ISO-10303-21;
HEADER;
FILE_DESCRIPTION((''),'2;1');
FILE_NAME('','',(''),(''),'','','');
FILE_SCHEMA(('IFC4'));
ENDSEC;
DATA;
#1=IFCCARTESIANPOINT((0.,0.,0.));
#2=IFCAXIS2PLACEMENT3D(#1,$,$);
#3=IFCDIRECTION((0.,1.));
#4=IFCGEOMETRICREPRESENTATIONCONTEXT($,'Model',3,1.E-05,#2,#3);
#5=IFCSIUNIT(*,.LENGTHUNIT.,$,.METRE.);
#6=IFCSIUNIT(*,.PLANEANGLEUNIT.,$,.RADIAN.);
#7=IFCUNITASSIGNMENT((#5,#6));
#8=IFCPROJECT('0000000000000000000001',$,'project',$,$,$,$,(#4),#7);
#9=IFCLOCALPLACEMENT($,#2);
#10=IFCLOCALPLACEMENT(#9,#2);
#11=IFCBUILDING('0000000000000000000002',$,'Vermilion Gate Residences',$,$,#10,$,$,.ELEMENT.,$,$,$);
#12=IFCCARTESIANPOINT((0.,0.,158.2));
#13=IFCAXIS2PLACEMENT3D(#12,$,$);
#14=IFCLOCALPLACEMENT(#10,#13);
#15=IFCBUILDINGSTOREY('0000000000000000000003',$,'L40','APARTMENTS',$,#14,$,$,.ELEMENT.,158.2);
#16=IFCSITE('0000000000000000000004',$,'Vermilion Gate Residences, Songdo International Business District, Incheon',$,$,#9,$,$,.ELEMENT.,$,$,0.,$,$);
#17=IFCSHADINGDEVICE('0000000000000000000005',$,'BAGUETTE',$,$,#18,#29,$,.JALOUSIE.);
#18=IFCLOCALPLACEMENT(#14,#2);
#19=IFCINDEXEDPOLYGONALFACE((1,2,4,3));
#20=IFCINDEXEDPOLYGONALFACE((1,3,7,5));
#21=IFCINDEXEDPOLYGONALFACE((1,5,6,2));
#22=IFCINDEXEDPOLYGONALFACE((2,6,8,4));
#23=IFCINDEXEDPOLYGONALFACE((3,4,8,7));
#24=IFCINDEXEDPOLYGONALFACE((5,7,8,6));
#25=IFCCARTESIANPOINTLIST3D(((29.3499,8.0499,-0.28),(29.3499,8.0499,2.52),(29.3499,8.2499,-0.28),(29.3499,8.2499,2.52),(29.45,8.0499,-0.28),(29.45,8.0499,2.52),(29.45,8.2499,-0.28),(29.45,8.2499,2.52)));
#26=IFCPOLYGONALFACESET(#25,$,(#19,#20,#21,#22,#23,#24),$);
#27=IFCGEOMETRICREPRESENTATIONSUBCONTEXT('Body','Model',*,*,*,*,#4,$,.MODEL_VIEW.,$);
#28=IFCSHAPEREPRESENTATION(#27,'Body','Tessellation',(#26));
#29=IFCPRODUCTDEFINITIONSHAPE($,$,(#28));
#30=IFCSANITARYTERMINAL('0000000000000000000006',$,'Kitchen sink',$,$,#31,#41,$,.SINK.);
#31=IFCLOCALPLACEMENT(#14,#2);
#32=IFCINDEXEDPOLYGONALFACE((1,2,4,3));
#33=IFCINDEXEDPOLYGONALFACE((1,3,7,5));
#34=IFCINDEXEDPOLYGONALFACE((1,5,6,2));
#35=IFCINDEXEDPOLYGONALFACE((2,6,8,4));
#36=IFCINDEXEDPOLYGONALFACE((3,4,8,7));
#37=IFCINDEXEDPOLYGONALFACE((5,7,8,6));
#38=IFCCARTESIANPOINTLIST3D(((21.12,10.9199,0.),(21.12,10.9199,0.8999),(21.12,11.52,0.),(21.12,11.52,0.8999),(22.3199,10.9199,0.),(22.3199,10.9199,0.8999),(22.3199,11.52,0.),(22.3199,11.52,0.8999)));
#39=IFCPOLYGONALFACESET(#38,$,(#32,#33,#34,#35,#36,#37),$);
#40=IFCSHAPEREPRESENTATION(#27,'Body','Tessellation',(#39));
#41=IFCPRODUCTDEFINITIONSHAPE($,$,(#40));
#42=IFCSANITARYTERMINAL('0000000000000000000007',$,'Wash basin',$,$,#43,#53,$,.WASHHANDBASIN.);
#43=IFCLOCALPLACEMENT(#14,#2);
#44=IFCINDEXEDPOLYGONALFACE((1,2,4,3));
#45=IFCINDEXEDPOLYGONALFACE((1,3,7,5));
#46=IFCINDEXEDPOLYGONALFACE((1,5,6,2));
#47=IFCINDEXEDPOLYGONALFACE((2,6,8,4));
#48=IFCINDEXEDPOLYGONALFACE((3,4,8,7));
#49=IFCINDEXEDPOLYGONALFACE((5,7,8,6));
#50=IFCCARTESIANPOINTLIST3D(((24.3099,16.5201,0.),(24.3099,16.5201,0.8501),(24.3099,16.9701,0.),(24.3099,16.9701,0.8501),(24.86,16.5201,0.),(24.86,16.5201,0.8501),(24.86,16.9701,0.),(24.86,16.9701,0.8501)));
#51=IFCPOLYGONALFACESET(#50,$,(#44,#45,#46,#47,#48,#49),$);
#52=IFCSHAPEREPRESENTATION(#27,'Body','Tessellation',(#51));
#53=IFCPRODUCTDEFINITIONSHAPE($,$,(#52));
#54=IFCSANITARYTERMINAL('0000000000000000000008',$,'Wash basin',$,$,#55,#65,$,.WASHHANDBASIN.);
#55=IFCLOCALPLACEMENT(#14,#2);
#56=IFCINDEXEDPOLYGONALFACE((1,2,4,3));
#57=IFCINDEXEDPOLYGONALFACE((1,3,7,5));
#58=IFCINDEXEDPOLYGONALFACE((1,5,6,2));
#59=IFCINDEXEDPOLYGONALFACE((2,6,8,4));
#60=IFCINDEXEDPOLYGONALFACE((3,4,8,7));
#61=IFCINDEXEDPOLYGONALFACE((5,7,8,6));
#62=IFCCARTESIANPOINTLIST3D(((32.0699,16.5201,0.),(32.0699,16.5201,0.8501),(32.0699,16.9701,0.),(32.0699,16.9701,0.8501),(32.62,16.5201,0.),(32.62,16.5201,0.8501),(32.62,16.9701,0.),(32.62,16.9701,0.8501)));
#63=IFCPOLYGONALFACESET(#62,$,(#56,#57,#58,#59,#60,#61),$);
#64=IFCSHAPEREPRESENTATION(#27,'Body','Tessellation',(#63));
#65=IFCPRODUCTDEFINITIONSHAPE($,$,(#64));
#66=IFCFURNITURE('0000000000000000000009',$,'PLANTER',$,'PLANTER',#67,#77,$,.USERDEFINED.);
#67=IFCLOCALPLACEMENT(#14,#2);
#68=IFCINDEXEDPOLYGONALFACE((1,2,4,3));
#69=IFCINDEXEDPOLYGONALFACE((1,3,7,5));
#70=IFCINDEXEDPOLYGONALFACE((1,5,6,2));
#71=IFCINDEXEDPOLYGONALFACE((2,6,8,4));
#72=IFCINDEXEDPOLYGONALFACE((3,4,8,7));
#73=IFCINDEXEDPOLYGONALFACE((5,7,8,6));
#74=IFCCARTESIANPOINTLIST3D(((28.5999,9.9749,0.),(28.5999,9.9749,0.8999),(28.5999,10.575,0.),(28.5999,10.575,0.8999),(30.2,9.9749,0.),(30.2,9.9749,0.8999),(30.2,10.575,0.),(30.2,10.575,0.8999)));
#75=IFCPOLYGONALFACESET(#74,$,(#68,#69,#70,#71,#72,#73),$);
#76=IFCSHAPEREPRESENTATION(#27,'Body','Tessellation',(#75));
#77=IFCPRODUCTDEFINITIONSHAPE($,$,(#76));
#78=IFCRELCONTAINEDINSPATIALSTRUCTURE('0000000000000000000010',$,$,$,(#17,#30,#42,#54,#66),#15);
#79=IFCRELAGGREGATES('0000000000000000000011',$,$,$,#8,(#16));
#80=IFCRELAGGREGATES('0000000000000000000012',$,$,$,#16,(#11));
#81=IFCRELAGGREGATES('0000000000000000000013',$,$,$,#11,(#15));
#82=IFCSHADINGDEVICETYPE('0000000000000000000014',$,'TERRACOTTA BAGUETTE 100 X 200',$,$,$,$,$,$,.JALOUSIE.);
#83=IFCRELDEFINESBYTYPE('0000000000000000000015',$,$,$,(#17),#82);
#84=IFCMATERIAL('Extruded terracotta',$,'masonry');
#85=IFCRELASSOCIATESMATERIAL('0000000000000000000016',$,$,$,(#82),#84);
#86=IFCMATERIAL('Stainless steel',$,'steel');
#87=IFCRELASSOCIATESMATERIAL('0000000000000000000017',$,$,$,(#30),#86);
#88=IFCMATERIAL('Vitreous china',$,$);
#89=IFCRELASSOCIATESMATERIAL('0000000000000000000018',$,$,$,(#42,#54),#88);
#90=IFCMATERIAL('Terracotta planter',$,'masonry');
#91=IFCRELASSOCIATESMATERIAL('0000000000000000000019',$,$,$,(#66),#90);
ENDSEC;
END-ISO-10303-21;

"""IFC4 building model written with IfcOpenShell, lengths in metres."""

from ifc_helpers import new_model, si_unit, direction, frame, origin, origin_2d, place, context, subcontext, project, spatial, rectangle, extrude, material, material_profile, profile_set, type_object, element, save


model = new_model("IFC4")

# Units and contexts
model_context = context("Model", 3, precision=1e-05, world=origin(), true_north=direction((0.0, 1.0)))
body_context = subcontext(model_context, "Body", "Model", "MODEL_VIEW")
ifc_project = project(units=[si_unit("LENGTHUNIT", "METRE"), si_unit("PLANEANGLEUNIT", "RADIAN")], contexts=[model_context])

# Site, building, storey
site_placement = place(None, origin())
site = spatial("IfcSite", under=ifc_project, at=site_placement, Name="Vermilion Gate Residences, Songdo International Business District, Incheon", CompositionType="ELEMENT", RefElevation=0.0)
building_placement = place(site_placement, origin())
building = spatial("IfcBuilding", under=site, at=building_placement, Name="Vermilion Gate Residences", CompositionType="ELEMENT")
storey_placement = place(building_placement, frame((0.0, 0.0, 158.2)))
storey = spatial("IfcBuildingStorey", under=building, at=storey_placement, Name="L40", Description="APARTMENTS", CompositionType="ELEMENT", Elevation=158.2)

# Shading device
ifc_material_1 = material(Name="Extruded terracotta", Category="masonry")
ifc_material_profile_1 = material_profile(ifc_material_1, rectangle(XDim=0.2, YDim=0.1001, at=origin_2d()), Name="BAGUETTE 100 X 200")
ifc_profile_set_1 = profile_set([ifc_material_profile_1], Name="Extruded terracotta")
shading_device_type = type_object("IfcShadingDeviceType", Name="TERRACOTTA BAGUETTE 100 X 200", PredefinedType="JALOUSIE", material=ifc_profile_set_1)
shading_device_placement = place(storey_placement, frame((29.3999, 8.1499, -0.28), z_axis=(0.0, 0.0, 1.0), x_axis=(0.0, 1.0, 0.0)))
element("IfcShadingDevice", 1, at=shading_device_placement, inside=storey, type_object=shading_device_type, Name="BAGUETTE", PredefinedType="JALOUSIE", context=body_context, shape_type="SweptSolid", body=[
    extrude(rectangle(XDim=0.2, YDim=0.1001, at=origin_2d()), origin(), (0.0, 0.0, 1.0), 2.8),
])

# Sanitary terminals
ifc_material_2 = material(Name="Stainless steel", Category="steel")
sanitary_terminal_placement = place(storey_placement, frame((21.72, 11.22, 0.0), z_axis=(0.0, 0.0, 1.0), x_axis=(1.0, 0.0, 0.0)))
element("IfcSanitaryTerminal", 2, at=sanitary_terminal_placement, inside=storey, material=ifc_material_2, Name="Kitchen sink", PredefinedType="SINK", context=body_context, shape_type="SweptSolid", body=[
    extrude(rectangle(XDim=1.2, YDim=0.6001, at=origin_2d()), origin(), (0.0, 0.0, 1.0), 0.8999),
])
ifc_material_3 = material(Name="Vitreous china")
for number, where, z_axis, x_axis, name in (
    (3, (24.585, 16.7451, 0.0), (0.0, 0.0, 1.0), (1.0, 0.0, 0.0), "Wash basin"),
    (4, (32.345, 16.7451, 0.0), (0.0, 0.0, 1.0), (1.0, 0.0, 0.0), "Wash basin"),
):
    element("IfcSanitaryTerminal", number, at=place(storey_placement, frame(where, z_axis=z_axis, x_axis=x_axis)), inside=storey, material=ifc_material_3, Name=name, PredefinedType="WASHHANDBASIN", context=body_context, shape_type="SweptSolid", body=[
        extrude(rectangle(XDim=0.55, YDim=0.45, at=origin_2d()), origin(), (0.0, 0.0, 1.0), 0.8501),
    ])

# Furniture
ifc_material_4 = material(Name="Terracotta planter", Category="masonry")
furniture_placement = place(storey_placement, frame((29.3999, 10.2749, 0.0), z_axis=(0.0, 0.0, 1.0), x_axis=(1.0, 0.0, 0.0)))
element("IfcFurniture", 5, at=furniture_placement, inside=storey, material=ifc_material_4, Name="PLANTER", ObjectType="PLANTER", PredefinedType="USERDEFINED", context=body_context, shape_type="SweptSolid", body=[
    extrude(rectangle(XDim=1.6001, YDim=0.6001, at=origin_2d()), origin(), (0.0, 0.0, 1.0), 0.8999),
])

save(model, "model.ifc")
